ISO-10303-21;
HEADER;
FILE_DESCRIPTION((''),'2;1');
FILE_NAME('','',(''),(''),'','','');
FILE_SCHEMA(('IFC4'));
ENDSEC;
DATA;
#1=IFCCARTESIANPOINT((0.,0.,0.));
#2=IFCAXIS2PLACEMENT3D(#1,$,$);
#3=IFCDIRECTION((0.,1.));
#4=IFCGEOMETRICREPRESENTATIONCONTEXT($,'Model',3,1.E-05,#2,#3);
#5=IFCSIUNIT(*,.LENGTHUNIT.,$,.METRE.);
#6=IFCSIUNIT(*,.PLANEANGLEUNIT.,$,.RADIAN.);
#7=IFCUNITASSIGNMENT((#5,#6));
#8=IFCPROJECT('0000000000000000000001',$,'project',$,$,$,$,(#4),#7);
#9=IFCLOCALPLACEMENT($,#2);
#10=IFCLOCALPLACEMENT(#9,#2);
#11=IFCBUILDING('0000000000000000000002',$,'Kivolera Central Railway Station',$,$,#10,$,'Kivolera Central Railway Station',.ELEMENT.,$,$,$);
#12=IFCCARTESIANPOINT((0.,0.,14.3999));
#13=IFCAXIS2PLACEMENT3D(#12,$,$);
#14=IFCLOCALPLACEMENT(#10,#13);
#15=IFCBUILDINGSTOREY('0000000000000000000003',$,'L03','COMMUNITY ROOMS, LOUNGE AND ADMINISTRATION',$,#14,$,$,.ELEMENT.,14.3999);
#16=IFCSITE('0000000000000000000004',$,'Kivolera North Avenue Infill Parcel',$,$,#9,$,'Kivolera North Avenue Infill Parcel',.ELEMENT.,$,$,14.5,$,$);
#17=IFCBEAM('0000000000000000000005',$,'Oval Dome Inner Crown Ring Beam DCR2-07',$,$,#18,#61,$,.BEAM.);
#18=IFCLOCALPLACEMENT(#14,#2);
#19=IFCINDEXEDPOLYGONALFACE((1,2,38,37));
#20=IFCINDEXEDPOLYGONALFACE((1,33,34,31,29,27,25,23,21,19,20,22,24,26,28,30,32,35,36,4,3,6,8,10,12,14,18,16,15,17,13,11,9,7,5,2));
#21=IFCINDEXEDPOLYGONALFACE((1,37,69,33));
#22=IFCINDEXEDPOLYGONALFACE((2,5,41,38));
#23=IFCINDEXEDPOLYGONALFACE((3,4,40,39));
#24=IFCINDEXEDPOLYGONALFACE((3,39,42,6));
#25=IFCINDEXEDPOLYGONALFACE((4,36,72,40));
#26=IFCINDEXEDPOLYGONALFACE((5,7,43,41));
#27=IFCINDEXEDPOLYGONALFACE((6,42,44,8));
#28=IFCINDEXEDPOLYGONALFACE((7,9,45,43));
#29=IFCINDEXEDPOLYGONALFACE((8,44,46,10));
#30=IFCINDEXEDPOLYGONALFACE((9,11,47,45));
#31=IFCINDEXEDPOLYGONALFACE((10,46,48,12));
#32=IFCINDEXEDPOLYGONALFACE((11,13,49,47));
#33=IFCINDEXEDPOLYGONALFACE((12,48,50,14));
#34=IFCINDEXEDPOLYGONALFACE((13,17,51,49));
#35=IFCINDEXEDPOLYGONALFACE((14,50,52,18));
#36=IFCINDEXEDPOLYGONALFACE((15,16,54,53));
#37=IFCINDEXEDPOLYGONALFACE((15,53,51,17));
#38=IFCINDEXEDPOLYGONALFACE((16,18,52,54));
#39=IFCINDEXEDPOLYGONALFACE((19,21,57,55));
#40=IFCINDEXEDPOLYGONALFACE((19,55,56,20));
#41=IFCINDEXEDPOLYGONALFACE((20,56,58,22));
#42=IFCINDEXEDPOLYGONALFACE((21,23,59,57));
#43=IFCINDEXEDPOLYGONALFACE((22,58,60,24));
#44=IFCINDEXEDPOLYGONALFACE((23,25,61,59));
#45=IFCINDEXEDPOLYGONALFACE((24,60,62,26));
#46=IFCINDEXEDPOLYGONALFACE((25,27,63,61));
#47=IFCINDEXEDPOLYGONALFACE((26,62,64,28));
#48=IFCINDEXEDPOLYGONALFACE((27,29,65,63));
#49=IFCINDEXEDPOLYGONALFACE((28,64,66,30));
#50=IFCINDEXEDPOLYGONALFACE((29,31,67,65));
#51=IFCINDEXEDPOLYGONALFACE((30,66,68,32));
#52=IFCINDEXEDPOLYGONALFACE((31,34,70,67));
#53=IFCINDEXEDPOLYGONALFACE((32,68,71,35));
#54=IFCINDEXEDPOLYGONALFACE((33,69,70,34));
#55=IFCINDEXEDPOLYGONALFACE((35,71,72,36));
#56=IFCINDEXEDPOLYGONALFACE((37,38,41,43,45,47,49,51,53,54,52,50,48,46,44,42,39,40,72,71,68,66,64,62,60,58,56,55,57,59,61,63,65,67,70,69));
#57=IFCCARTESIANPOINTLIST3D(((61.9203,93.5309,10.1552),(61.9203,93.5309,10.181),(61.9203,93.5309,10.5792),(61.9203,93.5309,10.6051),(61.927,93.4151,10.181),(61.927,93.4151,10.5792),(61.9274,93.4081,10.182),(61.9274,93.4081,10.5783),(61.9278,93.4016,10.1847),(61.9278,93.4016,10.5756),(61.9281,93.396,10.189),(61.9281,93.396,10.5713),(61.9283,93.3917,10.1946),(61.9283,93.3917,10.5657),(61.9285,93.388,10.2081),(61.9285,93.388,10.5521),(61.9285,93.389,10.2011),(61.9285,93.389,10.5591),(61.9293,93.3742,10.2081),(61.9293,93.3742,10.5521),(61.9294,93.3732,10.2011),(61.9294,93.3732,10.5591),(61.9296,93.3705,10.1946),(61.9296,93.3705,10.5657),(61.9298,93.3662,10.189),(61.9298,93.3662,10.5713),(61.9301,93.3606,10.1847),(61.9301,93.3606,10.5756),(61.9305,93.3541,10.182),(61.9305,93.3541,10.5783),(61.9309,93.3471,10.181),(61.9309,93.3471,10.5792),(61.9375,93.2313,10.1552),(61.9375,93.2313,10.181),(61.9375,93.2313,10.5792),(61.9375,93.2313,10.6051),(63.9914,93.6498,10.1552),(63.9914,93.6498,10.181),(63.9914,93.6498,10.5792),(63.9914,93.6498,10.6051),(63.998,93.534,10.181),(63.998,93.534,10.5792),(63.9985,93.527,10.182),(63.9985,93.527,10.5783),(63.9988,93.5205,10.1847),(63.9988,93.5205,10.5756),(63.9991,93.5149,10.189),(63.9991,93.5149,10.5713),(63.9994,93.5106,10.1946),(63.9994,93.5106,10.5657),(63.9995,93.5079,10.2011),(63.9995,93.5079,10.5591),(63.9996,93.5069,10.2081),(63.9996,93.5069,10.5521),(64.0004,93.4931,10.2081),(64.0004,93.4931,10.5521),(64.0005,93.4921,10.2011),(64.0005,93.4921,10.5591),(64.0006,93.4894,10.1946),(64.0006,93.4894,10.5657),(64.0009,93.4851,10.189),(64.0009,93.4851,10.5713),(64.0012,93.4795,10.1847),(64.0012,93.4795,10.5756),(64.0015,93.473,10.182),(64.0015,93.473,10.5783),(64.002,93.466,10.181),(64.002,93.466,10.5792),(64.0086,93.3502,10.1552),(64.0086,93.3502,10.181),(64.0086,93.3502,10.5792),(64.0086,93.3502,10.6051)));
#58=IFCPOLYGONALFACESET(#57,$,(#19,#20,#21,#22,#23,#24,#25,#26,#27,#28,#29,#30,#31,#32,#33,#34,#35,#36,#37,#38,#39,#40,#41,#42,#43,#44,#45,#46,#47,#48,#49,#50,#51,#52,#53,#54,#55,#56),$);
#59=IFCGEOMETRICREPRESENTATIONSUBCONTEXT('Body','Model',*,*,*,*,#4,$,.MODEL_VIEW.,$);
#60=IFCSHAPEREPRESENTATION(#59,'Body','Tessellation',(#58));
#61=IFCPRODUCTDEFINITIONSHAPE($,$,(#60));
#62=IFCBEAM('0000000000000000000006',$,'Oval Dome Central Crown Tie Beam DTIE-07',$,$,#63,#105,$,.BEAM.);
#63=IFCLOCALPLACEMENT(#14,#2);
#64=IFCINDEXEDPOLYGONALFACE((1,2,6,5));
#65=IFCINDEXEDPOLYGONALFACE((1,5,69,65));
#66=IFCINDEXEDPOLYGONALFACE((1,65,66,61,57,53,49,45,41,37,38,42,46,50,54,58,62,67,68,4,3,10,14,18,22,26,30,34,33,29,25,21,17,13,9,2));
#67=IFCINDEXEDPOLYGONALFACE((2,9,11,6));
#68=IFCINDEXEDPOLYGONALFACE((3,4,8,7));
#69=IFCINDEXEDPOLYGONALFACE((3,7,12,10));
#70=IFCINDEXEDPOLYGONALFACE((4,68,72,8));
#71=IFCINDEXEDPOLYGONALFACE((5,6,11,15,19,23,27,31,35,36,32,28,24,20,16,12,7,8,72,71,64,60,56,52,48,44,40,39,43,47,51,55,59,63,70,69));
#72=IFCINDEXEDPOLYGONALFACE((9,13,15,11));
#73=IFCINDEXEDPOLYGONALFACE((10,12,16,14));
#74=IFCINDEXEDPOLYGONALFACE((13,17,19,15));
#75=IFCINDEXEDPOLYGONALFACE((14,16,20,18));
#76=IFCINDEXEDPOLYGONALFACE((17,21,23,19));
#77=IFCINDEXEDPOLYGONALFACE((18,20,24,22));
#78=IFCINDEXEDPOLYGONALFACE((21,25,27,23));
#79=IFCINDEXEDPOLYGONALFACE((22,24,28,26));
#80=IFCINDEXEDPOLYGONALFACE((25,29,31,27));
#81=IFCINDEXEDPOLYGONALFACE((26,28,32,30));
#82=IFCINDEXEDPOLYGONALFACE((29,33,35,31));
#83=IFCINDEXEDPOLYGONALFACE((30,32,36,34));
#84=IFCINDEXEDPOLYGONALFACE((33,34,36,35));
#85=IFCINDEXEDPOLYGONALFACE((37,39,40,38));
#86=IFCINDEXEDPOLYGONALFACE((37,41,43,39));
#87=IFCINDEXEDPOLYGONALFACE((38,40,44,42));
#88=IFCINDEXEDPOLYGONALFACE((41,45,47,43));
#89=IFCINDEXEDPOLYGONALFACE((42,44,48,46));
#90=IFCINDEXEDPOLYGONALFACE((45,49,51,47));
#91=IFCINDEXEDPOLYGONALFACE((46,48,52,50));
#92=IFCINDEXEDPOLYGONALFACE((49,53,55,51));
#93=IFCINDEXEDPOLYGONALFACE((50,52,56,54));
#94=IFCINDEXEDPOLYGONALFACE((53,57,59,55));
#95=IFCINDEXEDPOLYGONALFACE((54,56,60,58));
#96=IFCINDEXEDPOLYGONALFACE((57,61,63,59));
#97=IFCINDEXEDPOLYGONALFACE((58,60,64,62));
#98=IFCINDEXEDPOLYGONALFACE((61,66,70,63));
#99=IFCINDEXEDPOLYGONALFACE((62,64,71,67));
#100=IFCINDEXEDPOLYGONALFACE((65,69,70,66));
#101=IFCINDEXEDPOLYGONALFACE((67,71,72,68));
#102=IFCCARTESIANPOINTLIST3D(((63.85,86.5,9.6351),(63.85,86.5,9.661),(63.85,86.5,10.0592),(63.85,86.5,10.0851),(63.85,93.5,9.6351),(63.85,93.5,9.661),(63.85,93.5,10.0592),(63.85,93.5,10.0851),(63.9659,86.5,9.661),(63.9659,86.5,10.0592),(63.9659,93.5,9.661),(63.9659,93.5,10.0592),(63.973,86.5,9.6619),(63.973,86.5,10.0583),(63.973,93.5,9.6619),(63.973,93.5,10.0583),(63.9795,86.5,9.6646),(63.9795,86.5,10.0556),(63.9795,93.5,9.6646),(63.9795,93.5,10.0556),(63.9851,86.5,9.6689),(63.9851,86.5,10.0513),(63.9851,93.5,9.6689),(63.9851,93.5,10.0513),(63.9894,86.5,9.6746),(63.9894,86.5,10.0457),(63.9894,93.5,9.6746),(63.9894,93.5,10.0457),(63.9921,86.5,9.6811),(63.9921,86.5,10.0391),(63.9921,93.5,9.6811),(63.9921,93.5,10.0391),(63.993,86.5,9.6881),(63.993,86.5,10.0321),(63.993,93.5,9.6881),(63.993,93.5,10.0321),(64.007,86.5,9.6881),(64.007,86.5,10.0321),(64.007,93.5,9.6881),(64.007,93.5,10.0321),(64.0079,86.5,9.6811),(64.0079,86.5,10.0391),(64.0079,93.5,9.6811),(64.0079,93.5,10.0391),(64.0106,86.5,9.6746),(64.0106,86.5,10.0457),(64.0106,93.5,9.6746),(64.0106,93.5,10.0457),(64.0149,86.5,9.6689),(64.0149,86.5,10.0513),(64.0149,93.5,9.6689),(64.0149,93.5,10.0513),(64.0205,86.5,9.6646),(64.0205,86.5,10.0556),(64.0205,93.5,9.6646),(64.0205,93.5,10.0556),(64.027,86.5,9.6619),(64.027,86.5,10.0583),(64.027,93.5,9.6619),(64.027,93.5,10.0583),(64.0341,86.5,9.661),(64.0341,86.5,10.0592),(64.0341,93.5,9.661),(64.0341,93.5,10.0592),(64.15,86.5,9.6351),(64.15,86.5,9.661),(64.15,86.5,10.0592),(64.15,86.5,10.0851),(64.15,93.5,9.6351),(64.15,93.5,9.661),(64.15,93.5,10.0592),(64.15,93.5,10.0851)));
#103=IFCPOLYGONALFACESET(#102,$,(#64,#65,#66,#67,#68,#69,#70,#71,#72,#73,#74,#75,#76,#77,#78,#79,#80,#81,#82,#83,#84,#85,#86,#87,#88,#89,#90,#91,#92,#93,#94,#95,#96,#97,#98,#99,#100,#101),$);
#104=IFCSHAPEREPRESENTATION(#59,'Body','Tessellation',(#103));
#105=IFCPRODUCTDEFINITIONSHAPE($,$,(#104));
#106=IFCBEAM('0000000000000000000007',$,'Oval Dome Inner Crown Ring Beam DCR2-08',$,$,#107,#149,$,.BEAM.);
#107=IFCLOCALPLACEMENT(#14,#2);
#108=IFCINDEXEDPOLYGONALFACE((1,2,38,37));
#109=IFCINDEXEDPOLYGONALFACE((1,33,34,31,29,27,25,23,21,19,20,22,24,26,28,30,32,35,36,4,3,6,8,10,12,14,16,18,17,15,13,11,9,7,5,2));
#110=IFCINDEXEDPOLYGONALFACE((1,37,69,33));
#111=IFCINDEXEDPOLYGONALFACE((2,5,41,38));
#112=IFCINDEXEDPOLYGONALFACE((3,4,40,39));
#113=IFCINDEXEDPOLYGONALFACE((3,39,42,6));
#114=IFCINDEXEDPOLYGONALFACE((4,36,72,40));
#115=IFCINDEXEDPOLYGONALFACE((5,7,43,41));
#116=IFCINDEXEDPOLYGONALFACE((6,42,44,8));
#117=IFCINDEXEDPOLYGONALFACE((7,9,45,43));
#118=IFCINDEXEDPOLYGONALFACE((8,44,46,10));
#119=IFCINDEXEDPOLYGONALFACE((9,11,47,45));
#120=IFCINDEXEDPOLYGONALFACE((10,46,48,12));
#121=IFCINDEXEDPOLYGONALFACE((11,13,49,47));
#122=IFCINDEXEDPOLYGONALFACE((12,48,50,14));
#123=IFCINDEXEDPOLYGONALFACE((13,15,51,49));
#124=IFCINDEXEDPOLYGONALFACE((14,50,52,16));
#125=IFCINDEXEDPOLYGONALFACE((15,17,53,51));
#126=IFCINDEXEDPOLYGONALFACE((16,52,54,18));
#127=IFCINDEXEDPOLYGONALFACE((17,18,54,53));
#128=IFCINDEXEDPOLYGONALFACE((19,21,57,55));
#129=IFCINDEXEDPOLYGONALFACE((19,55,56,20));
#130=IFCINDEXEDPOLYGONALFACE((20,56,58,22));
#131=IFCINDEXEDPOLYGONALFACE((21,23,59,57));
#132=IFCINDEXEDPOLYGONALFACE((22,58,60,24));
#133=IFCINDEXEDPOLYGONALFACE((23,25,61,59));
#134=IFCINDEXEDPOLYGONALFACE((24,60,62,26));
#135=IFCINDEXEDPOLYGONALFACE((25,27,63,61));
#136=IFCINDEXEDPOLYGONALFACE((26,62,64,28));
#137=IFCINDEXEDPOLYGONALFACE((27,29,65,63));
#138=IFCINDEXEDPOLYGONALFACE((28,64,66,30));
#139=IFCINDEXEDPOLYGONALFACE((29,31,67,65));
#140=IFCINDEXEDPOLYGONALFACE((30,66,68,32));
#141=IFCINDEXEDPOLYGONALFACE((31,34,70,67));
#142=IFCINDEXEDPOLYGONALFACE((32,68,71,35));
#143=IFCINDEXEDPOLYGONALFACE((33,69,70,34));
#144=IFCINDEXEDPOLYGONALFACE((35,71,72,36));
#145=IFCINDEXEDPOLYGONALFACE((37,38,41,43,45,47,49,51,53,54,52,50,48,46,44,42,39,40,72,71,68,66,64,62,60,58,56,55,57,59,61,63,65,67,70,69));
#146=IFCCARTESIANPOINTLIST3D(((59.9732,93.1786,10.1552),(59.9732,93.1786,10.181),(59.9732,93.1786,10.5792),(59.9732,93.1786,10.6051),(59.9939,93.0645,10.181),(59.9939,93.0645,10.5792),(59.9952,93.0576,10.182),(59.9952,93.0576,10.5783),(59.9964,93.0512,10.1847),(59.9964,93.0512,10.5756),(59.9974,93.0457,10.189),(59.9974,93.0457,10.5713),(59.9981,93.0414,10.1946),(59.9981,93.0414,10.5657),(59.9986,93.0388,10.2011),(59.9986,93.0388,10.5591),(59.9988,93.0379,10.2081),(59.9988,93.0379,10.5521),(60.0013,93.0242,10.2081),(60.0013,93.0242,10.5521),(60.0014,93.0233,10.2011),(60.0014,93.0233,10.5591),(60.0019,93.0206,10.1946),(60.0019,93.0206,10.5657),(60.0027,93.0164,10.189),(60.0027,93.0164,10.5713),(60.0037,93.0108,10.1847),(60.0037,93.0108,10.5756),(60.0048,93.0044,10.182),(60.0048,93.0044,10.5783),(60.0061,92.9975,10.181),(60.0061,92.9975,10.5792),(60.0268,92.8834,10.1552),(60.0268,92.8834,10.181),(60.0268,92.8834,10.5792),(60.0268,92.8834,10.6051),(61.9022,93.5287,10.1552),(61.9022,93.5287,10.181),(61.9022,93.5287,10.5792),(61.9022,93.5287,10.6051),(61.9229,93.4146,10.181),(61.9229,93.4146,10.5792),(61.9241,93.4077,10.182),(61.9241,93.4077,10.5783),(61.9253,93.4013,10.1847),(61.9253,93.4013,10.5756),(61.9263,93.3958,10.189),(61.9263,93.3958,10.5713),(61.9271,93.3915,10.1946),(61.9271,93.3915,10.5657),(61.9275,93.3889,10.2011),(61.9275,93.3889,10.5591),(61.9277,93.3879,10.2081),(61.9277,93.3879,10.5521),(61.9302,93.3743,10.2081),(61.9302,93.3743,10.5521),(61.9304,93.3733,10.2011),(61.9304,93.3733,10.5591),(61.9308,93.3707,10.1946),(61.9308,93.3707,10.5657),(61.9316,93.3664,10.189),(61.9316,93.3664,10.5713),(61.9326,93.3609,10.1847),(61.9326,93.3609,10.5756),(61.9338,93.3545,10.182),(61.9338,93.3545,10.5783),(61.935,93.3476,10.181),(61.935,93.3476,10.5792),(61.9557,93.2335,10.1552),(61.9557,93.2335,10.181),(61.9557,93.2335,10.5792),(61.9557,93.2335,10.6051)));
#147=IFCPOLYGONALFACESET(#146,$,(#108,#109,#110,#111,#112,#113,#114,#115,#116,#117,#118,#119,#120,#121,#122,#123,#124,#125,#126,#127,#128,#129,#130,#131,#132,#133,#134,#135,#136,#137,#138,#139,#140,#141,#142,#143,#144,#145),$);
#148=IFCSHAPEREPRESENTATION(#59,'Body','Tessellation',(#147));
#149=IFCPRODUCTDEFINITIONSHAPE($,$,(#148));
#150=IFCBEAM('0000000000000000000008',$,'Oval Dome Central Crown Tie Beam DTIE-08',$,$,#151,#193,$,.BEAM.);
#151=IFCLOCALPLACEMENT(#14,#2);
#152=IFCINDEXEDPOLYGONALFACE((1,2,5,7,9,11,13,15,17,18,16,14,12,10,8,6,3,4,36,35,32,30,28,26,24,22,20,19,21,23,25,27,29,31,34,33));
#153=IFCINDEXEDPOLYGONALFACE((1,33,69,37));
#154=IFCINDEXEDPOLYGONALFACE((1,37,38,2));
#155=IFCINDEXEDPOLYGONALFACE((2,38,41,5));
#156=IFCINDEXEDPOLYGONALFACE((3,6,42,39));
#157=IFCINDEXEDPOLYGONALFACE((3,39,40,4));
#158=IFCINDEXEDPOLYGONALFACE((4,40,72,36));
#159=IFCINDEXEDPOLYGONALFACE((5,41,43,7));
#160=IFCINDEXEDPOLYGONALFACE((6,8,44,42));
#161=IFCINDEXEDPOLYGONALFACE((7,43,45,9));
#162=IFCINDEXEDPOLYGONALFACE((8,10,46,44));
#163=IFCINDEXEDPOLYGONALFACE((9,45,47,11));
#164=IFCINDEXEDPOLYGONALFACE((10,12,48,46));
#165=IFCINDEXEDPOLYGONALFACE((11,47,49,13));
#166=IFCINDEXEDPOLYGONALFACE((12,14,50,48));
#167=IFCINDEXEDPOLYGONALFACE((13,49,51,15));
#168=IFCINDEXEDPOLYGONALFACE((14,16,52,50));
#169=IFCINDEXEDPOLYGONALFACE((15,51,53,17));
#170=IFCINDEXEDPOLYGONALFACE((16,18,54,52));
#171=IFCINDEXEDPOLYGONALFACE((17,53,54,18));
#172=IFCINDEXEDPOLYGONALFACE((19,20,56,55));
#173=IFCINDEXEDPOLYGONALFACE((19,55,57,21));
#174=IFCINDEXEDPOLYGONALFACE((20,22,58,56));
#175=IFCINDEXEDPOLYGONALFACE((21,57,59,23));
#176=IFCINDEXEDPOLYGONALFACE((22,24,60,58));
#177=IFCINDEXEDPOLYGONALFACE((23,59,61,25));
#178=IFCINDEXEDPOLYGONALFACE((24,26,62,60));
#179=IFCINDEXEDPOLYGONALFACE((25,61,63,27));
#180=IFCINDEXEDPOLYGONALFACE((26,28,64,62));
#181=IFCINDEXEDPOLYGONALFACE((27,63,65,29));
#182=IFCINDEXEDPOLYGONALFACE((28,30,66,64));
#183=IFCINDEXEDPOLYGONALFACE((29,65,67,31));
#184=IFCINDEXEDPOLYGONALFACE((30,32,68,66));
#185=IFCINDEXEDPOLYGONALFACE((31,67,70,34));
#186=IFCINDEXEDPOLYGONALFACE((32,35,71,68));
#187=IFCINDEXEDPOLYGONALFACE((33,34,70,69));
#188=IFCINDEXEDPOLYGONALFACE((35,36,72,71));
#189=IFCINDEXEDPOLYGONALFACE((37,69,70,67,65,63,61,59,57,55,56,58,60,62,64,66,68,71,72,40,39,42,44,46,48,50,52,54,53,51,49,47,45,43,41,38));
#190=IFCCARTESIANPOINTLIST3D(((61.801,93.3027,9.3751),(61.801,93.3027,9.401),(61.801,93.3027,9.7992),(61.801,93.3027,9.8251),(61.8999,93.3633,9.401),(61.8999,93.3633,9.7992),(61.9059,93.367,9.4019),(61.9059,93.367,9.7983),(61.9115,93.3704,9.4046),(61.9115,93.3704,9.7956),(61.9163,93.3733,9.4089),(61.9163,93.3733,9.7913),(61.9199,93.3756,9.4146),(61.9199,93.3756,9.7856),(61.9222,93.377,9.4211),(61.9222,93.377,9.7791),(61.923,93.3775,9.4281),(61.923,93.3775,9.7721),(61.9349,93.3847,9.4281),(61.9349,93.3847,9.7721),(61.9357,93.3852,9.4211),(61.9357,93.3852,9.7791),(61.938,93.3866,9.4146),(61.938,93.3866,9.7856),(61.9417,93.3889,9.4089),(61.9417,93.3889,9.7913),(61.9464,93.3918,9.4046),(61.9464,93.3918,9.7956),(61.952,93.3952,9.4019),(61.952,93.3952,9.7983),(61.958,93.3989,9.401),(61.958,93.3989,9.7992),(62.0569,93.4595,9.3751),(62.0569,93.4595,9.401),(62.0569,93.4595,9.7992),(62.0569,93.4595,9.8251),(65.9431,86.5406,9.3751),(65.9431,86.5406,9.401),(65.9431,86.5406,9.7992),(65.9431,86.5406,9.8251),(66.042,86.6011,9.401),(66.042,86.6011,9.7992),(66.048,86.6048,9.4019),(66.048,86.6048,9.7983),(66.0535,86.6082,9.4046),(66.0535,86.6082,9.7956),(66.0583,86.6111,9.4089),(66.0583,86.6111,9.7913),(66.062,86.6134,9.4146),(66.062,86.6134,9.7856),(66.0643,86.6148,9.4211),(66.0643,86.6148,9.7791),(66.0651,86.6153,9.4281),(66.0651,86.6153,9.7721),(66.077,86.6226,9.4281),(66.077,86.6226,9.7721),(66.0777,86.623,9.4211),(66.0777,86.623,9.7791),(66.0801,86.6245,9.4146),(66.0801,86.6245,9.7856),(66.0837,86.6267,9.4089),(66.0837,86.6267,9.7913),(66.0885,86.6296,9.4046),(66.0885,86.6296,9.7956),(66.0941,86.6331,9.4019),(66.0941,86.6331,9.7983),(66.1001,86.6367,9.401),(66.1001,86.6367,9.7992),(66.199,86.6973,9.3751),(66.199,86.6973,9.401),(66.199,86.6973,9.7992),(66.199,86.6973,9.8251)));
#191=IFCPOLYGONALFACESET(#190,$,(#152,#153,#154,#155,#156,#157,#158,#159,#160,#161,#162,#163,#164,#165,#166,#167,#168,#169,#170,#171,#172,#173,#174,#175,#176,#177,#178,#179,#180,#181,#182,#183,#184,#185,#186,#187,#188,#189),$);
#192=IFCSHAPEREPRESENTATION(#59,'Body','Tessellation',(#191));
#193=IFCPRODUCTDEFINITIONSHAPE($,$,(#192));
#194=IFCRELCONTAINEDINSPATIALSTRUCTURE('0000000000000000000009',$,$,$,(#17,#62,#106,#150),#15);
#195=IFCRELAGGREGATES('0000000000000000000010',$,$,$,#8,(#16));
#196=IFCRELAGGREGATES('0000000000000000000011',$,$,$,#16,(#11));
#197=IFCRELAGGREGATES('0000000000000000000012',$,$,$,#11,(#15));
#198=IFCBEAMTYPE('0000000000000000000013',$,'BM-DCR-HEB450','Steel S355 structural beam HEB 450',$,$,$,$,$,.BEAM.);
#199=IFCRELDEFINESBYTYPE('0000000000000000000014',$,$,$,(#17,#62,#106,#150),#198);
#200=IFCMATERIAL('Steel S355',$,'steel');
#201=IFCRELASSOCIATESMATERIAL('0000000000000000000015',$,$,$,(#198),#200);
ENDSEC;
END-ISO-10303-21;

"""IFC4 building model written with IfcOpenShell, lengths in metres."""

from ifc_helpers import new_model, si_unit, direction, frame, origin, origin_2d, place, context, subcontext, project, spatial, i_section, extrude, material, material_profile, profile_set, type_object, element, save


model = new_model("IFC4")

# Units and contexts
model_context = context("Model", 3, precision=1e-05, world=origin(), true_north=direction((0.0, 1.0)))
body_context = subcontext(model_context, "Body", "Model", "MODEL_VIEW")
ifc_project = project(units=[si_unit("LENGTHUNIT", "METRE"), si_unit("PLANEANGLEUNIT", "RADIAN")], contexts=[model_context])

# Site, building, storey
site_placement = place(None, origin())
site = spatial("IfcSite", under=ifc_project, at=site_placement, Name="Kivolera North Avenue Infill Parcel", LongName="Kivolera North Avenue Infill Parcel", CompositionType="ELEMENT", RefElevation=14.5)
building_placement = place(site_placement, origin())
building = spatial("IfcBuilding", under=site, at=building_placement, Name="Kivolera Central Railway Station", LongName="Kivolera Central Railway Station", CompositionType="ELEMENT")
storey_placement = place(building_placement, frame((0.0, 0.0, 14.3999)))
storey = spatial("IfcBuildingStorey", under=building, at=storey_placement, Name="L03", Description="COMMUNITY ROOMS, LOUNGE AND ADMINISTRATION", CompositionType="ELEMENT", Elevation=14.3999)

# Beams
ifc_material_1 = material(Name="Steel S355", Category="steel")
ifc_material_profile_1 = material_profile(ifc_material_1, i_section(OverallWidth=0.3, OverallDepth=0.45, WebThickness=0.0139, FlangeThickness=0.0259, FilletRadius=0.0271, at=origin_2d()), Name="HEB 450")
ifc_profile_set_1 = profile_set([ifc_material_profile_1], Name="Steel S355")
beam_type = type_object("IfcBeamType", Name="BM-DCR-HEB450", Description="Steel S355 structural beam HEB 450", PredefinedType="BEAM", material=ifc_profile_set_1)
beam_1_placement = place(storey_placement, frame((64.0, 93.5, 10.3801), z_axis=(-0.998356, -0.057315, 0.0), x_axis=(0.057315, -0.998356, 0.0)))
element("IfcBeam", 1, at=beam_1_placement, inside=storey, type_object=beam_type, Name="Oval Dome Inner Crown Ring Beam DCR2-07", PredefinedType="BEAM", context=body_context, shape_type="SweptSolid", body=[
    extrude(i_section(OverallWidth=0.3, OverallDepth=0.45, WebThickness=0.0139, FlangeThickness=0.0259, FilletRadius=0.0271, at=origin_2d()), origin(), (0.0, 0.0, 1.0), 2.0745),
])
beam_2_placement = place(storey_placement, frame((64.0, 93.5, 9.8601), z_axis=(0.0, -1.0, 0.0), x_axis=(1.0, 0.0, 0.0)))
element("IfcBeam", 2, at=beam_2_placement, inside=storey, type_object=beam_type, Name="Oval Dome Central Crown Tie Beam DTIE-07", PredefinedType="BEAM", context=body_context, shape_type="SweptSolid", body=[
    extrude(i_section(OverallWidth=0.3, OverallDepth=0.45, WebThickness=0.0139, FlangeThickness=0.0259, FilletRadius=0.0271, at=origin_2d()), origin(), (0.0, 0.0, 1.0), 7.0),
])
beam_3_placement = place(storey_placement, frame((61.929, 93.3811, 10.3801), z_axis=(-0.983926, -0.178579, 0.0), x_axis=(0.178579, -0.983926, 0.0)))
element("IfcBeam", 3, at=beam_3_placement, inside=storey, type_object=beam_type, Name="Oval Dome Inner Crown Ring Beam DCR2-08", PredefinedType="BEAM", context=body_context, shape_type="SweptSolid", body=[
    extrude(i_section(OverallWidth=0.3, OverallDepth=0.45, WebThickness=0.0139, FlangeThickness=0.0259, FilletRadius=0.0271, at=origin_2d()), origin(), (0.0, 0.0, 1.0), 1.9604),
])
beam_4_placement = place(storey_placement, frame((61.929, 93.3811, 9.6001), z_axis=(0.522334, -0.852741, 0.0), x_axis=(0.852741, 0.522334, 0.0)))
element("IfcBeam", 4, at=beam_4_placement, inside=storey, type_object=beam_type, Name="Oval Dome Central Crown Tie Beam DTIE-08", PredefinedType="BEAM", context=body_context, shape_type="SweptSolid", body=[
    extrude(i_section(OverallWidth=0.3, OverallDepth=0.45, WebThickness=0.0139, FlangeThickness=0.0259, FilletRadius=0.0271, at=origin_2d()), origin(), (0.0, 0.0, 1.0), 7.9299),
])

save(model, "model.ifc")
